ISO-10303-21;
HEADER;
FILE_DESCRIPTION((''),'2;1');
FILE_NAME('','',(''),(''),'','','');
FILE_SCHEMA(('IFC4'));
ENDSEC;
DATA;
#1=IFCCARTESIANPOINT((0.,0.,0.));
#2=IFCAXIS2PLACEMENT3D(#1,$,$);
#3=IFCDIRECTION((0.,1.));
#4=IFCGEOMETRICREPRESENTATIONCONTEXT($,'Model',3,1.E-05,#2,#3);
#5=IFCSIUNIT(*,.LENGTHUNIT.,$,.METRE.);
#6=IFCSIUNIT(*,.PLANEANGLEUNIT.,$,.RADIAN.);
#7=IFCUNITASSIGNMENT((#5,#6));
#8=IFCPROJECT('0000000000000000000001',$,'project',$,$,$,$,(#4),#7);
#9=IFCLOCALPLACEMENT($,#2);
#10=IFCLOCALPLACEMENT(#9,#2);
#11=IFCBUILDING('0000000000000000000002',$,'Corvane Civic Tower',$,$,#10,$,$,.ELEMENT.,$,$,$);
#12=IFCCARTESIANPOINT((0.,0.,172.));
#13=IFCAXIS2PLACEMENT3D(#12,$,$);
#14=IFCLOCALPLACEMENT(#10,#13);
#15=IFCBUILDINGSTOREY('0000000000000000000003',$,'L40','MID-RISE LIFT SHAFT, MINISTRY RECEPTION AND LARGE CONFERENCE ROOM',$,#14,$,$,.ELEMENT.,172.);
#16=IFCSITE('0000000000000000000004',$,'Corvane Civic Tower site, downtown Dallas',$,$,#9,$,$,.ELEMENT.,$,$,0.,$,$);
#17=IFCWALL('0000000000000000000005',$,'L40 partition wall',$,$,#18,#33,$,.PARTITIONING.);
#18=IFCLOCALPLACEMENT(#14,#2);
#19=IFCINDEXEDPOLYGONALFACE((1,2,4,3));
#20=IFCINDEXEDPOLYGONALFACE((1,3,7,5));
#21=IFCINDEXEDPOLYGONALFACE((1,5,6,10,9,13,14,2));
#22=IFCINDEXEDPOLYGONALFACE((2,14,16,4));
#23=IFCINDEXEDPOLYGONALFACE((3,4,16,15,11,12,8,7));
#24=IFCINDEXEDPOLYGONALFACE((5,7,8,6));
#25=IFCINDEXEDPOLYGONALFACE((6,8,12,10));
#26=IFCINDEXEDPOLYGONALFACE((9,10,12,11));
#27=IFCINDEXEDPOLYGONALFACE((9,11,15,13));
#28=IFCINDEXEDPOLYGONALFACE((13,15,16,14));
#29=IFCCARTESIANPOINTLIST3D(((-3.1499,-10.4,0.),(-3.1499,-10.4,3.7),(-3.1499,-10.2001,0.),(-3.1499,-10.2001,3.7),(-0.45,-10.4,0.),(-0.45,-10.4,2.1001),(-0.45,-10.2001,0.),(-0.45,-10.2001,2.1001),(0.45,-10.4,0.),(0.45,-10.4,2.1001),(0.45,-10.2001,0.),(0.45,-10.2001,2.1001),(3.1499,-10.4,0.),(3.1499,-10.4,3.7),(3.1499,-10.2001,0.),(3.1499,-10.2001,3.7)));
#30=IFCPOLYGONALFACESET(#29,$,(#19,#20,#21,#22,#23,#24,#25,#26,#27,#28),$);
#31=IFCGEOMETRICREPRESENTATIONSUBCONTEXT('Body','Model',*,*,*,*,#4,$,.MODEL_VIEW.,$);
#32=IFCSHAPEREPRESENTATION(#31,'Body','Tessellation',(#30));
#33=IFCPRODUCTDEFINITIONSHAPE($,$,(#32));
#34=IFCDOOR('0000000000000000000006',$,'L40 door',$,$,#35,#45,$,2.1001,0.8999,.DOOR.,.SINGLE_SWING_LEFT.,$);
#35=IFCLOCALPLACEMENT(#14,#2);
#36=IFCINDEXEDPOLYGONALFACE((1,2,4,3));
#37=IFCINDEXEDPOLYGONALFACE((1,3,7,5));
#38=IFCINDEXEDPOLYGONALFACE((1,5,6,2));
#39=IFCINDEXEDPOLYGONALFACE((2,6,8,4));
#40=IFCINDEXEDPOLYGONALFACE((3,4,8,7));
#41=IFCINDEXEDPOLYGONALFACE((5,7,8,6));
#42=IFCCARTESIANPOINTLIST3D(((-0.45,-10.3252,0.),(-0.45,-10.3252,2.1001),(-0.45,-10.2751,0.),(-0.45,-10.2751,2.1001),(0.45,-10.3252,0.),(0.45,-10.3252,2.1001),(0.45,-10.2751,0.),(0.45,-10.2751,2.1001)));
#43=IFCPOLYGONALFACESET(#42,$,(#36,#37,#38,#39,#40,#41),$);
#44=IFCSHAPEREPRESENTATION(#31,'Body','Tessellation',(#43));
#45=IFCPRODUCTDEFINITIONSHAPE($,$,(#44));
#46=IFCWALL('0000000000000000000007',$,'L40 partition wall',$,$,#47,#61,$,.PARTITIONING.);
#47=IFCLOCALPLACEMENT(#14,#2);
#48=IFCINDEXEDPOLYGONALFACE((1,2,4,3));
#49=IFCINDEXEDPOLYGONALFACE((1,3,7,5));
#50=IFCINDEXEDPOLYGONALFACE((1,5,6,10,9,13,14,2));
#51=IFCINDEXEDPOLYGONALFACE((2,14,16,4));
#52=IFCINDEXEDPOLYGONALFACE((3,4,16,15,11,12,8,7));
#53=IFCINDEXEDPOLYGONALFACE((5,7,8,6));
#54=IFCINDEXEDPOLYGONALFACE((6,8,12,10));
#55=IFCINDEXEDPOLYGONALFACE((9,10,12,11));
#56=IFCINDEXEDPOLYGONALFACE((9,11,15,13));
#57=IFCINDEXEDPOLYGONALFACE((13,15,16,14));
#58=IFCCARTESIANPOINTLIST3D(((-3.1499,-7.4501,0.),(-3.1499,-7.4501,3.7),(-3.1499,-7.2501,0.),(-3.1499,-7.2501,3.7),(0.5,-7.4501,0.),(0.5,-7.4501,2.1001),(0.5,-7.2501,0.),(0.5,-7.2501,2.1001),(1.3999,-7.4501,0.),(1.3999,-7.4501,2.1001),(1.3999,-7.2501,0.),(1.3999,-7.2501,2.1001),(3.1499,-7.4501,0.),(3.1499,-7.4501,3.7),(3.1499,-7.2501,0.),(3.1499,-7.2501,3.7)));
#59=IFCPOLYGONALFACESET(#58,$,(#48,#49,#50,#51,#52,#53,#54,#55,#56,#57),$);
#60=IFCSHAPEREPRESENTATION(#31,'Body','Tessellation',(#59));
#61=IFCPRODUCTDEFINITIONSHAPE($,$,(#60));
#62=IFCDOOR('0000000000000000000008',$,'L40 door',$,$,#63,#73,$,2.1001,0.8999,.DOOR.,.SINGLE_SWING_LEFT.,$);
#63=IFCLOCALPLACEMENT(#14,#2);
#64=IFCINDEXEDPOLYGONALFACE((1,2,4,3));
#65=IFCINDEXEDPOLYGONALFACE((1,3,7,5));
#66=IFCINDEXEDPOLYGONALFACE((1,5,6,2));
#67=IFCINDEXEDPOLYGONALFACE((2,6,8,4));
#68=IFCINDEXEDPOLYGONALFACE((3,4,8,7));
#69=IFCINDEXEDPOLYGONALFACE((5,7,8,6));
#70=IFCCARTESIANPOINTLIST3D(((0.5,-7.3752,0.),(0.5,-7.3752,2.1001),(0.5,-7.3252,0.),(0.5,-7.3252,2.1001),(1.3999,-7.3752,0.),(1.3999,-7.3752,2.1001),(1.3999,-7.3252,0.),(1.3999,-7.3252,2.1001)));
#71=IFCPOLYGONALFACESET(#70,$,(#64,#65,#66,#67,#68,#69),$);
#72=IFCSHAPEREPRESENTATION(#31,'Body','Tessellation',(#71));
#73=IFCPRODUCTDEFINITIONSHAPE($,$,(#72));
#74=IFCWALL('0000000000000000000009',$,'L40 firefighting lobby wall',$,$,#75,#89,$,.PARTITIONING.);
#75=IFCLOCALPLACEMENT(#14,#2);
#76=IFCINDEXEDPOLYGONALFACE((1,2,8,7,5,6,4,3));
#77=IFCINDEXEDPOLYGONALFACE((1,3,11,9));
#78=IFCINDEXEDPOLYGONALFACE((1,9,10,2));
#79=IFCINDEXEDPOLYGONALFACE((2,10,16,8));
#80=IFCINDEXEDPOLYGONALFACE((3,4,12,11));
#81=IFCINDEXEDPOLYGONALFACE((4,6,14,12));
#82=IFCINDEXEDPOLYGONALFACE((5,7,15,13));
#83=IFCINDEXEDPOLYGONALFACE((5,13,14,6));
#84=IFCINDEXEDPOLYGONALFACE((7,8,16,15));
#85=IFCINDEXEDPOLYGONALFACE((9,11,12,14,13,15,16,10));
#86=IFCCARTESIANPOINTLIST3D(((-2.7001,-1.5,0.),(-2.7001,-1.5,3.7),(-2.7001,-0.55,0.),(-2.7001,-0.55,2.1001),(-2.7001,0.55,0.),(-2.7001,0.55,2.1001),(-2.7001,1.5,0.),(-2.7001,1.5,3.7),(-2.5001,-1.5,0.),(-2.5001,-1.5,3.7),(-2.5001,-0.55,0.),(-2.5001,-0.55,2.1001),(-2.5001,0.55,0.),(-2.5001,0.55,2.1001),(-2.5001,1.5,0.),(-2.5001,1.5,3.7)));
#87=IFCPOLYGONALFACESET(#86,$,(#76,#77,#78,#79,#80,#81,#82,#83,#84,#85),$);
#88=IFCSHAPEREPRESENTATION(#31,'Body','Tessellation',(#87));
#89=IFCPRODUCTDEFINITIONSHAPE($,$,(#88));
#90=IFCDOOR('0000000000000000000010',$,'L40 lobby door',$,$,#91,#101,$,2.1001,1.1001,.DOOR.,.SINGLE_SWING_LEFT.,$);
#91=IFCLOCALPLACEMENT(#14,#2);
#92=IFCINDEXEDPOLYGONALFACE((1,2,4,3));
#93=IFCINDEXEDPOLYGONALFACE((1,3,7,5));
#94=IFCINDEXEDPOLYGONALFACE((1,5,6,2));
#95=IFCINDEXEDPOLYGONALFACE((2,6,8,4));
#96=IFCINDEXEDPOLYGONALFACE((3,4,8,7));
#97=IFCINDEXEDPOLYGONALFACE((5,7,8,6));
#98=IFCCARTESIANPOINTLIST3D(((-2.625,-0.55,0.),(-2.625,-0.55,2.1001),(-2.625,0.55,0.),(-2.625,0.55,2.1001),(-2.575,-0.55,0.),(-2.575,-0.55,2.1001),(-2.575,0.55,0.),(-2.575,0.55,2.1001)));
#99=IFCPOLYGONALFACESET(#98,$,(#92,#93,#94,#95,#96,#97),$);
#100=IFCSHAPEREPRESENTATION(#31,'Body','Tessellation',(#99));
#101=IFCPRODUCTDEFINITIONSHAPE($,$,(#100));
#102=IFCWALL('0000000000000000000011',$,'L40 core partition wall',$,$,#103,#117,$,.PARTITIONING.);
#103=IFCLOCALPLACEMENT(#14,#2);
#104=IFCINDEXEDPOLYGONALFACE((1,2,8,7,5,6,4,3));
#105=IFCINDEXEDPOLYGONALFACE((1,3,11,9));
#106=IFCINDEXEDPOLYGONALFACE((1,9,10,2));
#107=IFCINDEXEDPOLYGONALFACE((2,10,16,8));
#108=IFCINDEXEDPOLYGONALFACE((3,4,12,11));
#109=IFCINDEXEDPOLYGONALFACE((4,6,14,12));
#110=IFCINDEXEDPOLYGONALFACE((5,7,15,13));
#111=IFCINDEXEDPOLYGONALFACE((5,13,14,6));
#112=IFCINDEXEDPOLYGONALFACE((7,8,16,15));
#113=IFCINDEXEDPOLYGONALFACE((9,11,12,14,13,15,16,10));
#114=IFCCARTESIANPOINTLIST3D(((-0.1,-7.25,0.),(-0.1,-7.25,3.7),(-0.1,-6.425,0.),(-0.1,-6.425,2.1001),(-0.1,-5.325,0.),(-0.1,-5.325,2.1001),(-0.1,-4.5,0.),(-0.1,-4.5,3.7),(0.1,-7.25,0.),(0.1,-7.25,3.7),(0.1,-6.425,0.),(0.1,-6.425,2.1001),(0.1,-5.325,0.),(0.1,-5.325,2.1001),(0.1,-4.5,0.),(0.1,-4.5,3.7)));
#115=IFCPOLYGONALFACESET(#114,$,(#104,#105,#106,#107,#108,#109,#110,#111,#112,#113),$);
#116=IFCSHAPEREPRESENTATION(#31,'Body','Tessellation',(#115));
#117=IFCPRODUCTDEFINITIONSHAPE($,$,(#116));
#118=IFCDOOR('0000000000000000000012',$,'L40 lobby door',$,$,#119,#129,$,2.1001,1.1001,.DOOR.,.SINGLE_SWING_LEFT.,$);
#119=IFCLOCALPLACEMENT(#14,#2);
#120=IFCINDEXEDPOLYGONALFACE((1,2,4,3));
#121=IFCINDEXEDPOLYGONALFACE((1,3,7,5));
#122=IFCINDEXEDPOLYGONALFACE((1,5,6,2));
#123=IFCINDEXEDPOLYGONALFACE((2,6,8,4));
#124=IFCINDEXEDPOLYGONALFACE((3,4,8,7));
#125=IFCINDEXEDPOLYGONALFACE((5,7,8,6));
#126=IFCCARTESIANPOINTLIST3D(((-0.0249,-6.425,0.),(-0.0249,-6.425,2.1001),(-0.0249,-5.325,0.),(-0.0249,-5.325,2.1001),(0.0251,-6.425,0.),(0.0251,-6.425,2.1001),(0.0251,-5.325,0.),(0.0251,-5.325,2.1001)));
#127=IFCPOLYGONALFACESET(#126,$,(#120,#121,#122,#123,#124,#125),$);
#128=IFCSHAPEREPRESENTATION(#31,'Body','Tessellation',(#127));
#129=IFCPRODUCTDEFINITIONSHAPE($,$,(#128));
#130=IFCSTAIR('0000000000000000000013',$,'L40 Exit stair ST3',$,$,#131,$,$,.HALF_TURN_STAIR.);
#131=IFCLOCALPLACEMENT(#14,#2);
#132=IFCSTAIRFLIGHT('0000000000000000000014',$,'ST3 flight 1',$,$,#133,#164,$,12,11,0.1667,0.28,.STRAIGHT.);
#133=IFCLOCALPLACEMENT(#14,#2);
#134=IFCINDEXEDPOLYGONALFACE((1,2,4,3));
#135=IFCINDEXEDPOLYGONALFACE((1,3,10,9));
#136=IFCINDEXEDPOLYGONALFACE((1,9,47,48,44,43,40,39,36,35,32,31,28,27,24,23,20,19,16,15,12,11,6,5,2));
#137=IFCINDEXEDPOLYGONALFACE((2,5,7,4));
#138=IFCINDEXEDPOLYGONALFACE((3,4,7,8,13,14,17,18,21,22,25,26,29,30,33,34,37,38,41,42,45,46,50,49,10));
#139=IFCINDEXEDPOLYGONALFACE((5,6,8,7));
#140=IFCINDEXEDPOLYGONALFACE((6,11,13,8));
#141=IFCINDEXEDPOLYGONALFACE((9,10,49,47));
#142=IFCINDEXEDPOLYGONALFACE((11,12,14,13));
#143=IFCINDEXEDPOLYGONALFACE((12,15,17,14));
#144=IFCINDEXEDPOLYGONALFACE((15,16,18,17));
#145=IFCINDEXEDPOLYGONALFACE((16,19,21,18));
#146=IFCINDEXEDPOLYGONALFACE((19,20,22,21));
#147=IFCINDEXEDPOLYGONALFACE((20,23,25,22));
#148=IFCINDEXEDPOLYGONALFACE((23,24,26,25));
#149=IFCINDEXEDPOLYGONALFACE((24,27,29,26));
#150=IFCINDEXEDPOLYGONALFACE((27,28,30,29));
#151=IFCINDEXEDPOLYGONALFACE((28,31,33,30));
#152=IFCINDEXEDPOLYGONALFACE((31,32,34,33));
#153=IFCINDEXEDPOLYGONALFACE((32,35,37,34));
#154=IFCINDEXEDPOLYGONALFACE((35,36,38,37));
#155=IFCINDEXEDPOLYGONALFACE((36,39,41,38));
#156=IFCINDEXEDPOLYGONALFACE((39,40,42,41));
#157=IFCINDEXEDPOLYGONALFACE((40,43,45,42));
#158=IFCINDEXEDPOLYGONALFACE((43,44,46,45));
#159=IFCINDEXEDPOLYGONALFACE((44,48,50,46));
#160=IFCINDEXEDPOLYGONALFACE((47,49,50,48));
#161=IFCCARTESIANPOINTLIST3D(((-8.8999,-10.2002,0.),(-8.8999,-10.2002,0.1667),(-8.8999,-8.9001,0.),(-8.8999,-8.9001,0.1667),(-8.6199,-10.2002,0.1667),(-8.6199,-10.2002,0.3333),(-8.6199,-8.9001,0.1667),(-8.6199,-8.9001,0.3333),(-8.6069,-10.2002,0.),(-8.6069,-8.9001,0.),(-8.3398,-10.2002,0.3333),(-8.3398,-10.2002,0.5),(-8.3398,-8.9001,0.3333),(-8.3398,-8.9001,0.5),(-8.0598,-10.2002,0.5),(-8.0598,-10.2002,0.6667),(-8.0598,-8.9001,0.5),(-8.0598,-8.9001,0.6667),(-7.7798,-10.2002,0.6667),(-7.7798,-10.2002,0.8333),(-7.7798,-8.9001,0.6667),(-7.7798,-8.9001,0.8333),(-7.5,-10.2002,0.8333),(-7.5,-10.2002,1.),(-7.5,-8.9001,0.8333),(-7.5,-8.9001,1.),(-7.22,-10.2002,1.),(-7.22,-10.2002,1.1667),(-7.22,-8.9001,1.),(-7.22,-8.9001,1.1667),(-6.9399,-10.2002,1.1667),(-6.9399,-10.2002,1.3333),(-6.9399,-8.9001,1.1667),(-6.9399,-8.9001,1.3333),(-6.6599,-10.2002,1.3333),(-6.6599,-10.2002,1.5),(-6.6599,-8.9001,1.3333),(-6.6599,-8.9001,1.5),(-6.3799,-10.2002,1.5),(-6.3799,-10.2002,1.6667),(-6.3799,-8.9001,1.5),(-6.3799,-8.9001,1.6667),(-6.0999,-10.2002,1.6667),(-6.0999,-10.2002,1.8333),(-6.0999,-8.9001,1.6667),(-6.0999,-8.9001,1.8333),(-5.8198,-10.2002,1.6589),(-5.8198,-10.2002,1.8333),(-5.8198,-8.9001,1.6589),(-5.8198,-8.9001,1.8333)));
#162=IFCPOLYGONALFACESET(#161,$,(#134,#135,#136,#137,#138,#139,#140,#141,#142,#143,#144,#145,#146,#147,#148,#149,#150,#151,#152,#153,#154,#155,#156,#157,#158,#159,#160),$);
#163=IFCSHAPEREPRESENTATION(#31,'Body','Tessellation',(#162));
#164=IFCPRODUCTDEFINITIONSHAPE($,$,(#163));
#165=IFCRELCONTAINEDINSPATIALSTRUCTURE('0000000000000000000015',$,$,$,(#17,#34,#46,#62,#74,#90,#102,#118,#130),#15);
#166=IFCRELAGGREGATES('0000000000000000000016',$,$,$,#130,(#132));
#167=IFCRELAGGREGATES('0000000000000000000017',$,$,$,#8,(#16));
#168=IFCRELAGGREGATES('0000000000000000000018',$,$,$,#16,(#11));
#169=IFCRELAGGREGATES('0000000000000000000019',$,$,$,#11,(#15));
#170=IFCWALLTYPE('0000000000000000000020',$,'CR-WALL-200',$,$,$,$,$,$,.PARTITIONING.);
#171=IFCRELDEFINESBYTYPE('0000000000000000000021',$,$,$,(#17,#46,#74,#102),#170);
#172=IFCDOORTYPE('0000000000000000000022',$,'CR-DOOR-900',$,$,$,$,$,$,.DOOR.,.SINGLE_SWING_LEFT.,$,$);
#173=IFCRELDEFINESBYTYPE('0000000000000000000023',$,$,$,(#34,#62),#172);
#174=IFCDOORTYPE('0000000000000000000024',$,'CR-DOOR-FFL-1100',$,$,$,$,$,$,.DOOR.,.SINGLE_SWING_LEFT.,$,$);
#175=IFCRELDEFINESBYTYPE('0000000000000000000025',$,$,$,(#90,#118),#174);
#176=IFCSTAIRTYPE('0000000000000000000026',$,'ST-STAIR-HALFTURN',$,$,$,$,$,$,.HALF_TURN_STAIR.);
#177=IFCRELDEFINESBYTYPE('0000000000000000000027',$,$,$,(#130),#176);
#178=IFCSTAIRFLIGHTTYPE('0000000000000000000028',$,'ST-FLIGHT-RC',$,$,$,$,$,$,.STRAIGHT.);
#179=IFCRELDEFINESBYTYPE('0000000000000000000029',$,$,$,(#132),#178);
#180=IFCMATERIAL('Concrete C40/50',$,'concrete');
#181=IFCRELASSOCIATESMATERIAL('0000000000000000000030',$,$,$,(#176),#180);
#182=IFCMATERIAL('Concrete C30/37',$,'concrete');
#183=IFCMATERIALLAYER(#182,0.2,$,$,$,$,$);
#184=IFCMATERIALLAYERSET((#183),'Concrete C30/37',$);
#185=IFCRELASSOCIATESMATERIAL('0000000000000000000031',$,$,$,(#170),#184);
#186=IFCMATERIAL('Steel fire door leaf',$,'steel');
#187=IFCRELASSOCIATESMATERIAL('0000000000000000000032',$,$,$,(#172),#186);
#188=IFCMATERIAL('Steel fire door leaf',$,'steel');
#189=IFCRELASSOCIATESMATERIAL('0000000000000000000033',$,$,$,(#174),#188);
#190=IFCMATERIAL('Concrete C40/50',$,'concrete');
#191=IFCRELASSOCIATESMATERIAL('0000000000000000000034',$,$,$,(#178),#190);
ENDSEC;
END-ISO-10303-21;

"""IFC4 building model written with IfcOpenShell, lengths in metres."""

from ifc_helpers import new_model, si_unit, direction, frame, frame_2d, origin, place, context, subcontext, project, spatial, polyline, rectangle, outline, extrude, material, layer, layer_set, type_object, element, fill, aggregate, save


model = new_model("IFC4")

# Units and contexts
model_context = context("Model", 3, precision=1e-05, world=origin(), true_north=direction((0.0, 1.0)))
body_context = subcontext(model_context, "Body", "Model", "MODEL_VIEW")
ifc_project = project(units=[si_unit("LENGTHUNIT", "METRE"), si_unit("PLANEANGLEUNIT", "RADIAN")], contexts=[model_context])

# Site, building, storey
site_placement = place(None, origin())
site = spatial("IfcSite", under=ifc_project, at=site_placement, Name="Corvane Civic Tower site, downtown Dallas", CompositionType="ELEMENT", RefElevation=0.0)
building_placement = place(site_placement, origin())
building = spatial("IfcBuilding", under=site, at=building_placement, Name="Corvane Civic Tower", CompositionType="ELEMENT")
storey_placement = place(building_placement, frame((0.0, 0.0, 172.0)))
storey = spatial("IfcBuildingStorey", under=building, at=storey_placement, Name="L40", Description="MID-RISE LIFT SHAFT, MINISTRY RECEPTION AND LARGE CONFERENCE ROOM", CompositionType="ELEMENT", Elevation=172.0)

# Shared definitions
ifc_material_1 = material(Name="Concrete C40/50", Category="concrete")
stair_type = type_object("IfcStairType", Name="ST-STAIR-HALFTURN", PredefinedType="HALF_TURN_STAIR", material=ifc_material_1)

# Walls, openings, doors
ifc_material_2 = material(Name="Concrete C30/37", Category="concrete")
ifc_layer_1 = layer(ifc_material_2, 0.2)
ifc_layer_set_1 = layer_set([ifc_layer_1], Name="Concrete C30/37")
wall_type = type_object("IfcWallType", Name="CR-WALL-200", PredefinedType="PARTITIONING", material=ifc_layer_set_1)
wall_1_placement = place(storey_placement, frame((-3.1499, -10.3, 0.0), z_axis=(0.0, 0.0, 1.0), x_axis=(1.0, 0.0, 0.0)))
wall_1 = element("IfcWall", 1, at=wall_1_placement, inside=storey, type_object=wall_type, Name="L40 partition wall", PredefinedType="PARTITIONING", context=body_context, shape_type="SweptSolid", body=[
    extrude(rectangle(XDim=6.2998, YDim=0.2, at=frame_2d((3.1499, 0.0))), origin(), (0.0, 0.0, 1.0), 3.7),
])
opening_1_placement = place(wall_1_placement, frame((2.7, 0.0, 0.0)))
opening_1 = element("IfcOpeningElement", 2, at=opening_1_placement, cuts=wall_1, PredefinedType="OPENING", context=body_context, shape_type="SweptSolid", body=[
    extrude(rectangle(XDim=0.8999, YDim=2.1001, at=frame_2d((0.45, 1.05))), frame((0.0, 0.1099, 0.0), z_axis=(0.0, -1.0, 0.0), x_axis=(1.0, 0.0, 0.0)), (0.0, 0.0, 1.0), 0.22),
])
ifc_material_3 = material(Name="Steel fire door leaf", Category="steel")
door_type_1 = type_object("IfcDoorType", Name="CR-DOOR-900", OperationType="SINGLE_SWING_LEFT", PredefinedType="DOOR", material=ifc_material_3)
door_1_placement = place(opening_1_placement, origin())
door_1 = element("IfcDoor", 3, at=door_1_placement, inside=storey, type_object=door_type_1, Name="L40 door", OperationType="SINGLE_SWING_LEFT", OverallHeight=2.1001, OverallWidth=0.8999, PredefinedType="DOOR", context=body_context, shape_type="SweptSolid", body=[
    extrude(rectangle(XDim=0.8999, YDim=2.1001, at=frame_2d((0.45, 1.05))), frame((0.0, 0.0249, 0.0), z_axis=(0.0, -1.0, 0.0), x_axis=(1.0, 0.0, 0.0)), (0.0, 0.0, 1.0), 0.05),
])
fill(opening_1, door_1)
wall_2_placement = place(storey_placement, frame((-3.1499, -7.3501, 0.0), z_axis=(0.0, 0.0, 1.0), x_axis=(1.0, 0.0, 0.0)))
wall_2 = element("IfcWall", 4, at=wall_2_placement, inside=storey, type_object=wall_type, Name="L40 partition wall", PredefinedType="PARTITIONING", context=body_context, shape_type="SweptSolid", body=[
    extrude(rectangle(XDim=6.2998, YDim=0.2, at=frame_2d((3.1499, 0.0))), origin(), (0.0, 0.0, 1.0), 3.7),
])
opening_2_placement = place(wall_2_placement, frame((3.6499, 0.0, 0.0)))
opening_2 = element("IfcOpeningElement", 5, at=opening_2_placement, cuts=wall_2, PredefinedType="OPENING", context=body_context, shape_type="SweptSolid", body=[
    extrude(rectangle(XDim=0.8999, YDim=2.1001, at=frame_2d((0.45, 1.05))), frame((0.0, 0.1099, 0.0), z_axis=(0.0, -1.0, 0.0), x_axis=(1.0, 0.0, 0.0)), (0.0, 0.0, 1.0), 0.22),
])
door_2_placement = place(opening_2_placement, origin())
door_2 = element("IfcDoor", 6, at=door_2_placement, inside=storey, type_object=door_type_1, Name="L40 door", OperationType="SINGLE_SWING_LEFT", OverallHeight=2.1001, OverallWidth=0.8999, PredefinedType="DOOR", context=body_context, shape_type="SweptSolid", body=[
    extrude(rectangle(XDim=0.8999, YDim=2.1001, at=frame_2d((0.45, 1.05))), frame((0.0, 0.0249, 0.0), z_axis=(0.0, -1.0, 0.0), x_axis=(1.0, 0.0, 0.0)), (0.0, 0.0, 1.0), 0.05),
])
fill(opening_2, door_2)
wall_3_placement = place(storey_placement, frame((-2.6001, -1.5, 0.0), z_axis=(0.0, 0.0, 1.0), x_axis=(0.0, 1.0, 0.0)))
wall_3 = element("IfcWall", 7, at=wall_3_placement, inside=storey, type_object=wall_type, Name="L40 firefighting lobby wall", PredefinedType="PARTITIONING", context=body_context, shape_type="SweptSolid", body=[
    extrude(rectangle(XDim=3.0, YDim=0.2, at=frame_2d((1.5, 0.0))), origin(), (0.0, 0.0, 1.0), 3.7),
])
opening_3_placement = place(wall_3_placement, frame((0.95, 0.0, 0.0)))
opening_3 = element("IfcOpeningElement", 8, at=opening_3_placement, cuts=wall_3, PredefinedType="OPENING", context=body_context, shape_type="SweptSolid", body=[
    extrude(rectangle(XDim=1.1001, YDim=2.1001, at=frame_2d((0.55, 1.05))), frame((0.0, 0.1099, 0.0), z_axis=(0.0, -1.0, 0.0), x_axis=(1.0, 0.0, 0.0)), (0.0, 0.0, 1.0), 0.22),
])
ifc_material_4 = material(Name="Steel fire door leaf", Category="steel")
door_type_2 = type_object("IfcDoorType", Name="CR-DOOR-FFL-1100", OperationType="SINGLE_SWING_LEFT", PredefinedType="DOOR", material=ifc_material_4)
door_3_placement = place(opening_3_placement, origin())
door_3 = element("IfcDoor", 9, at=door_3_placement, inside=storey, type_object=door_type_2, Name="L40 lobby door", OperationType="SINGLE_SWING_LEFT", OverallHeight=2.1001, OverallWidth=1.1001, PredefinedType="DOOR", context=body_context, shape_type="SweptSolid", body=[
    extrude(rectangle(XDim=1.1001, YDim=2.1001, at=frame_2d((0.55, 1.05))), frame((0.0, 0.0249, 0.0), z_axis=(0.0, -1.0, 0.0), x_axis=(1.0, 0.0, 0.0)), (0.0, 0.0, 1.0), 0.05),
])
fill(opening_3, door_3)
wall_4_placement = place(storey_placement, frame((0.0, -7.25, 0.0), z_axis=(0.0, 0.0, 1.0), x_axis=(0.0, 1.0, 0.0)))
wall_4 = element("IfcWall", 10, at=wall_4_placement, inside=storey, type_object=wall_type, Name="L40 core partition wall", PredefinedType="PARTITIONING", context=body_context, shape_type="SweptSolid", body=[
    extrude(rectangle(XDim=2.75, YDim=0.2, at=frame_2d((1.375, 0.0))), origin(), (0.0, 0.0, 1.0), 3.7),
])
opening_4_placement = place(wall_4_placement, frame((0.825, 0.0, 0.0)))
opening_4 = element("IfcOpeningElement", 11, at=opening_4_placement, cuts=wall_4, PredefinedType="OPENING", context=body_context, shape_type="SweptSolid", body=[
    extrude(rectangle(XDim=1.1001, YDim=2.1001, at=frame_2d((0.55, 1.05))), frame((0.0, 0.1099, 0.0), z_axis=(0.0, -1.0, 0.0), x_axis=(1.0, 0.0, 0.0)), (0.0, 0.0, 1.0), 0.22),
])
door_4_placement = place(opening_4_placement, origin())
door_4 = element("IfcDoor", 12, at=door_4_placement, inside=storey, type_object=door_type_2, Name="L40 lobby door", OperationType="SINGLE_SWING_LEFT", OverallHeight=2.1001, OverallWidth=1.1001, PredefinedType="DOOR", context=body_context, shape_type="SweptSolid", body=[
    extrude(rectangle(XDim=1.1001, YDim=2.1001, at=frame_2d((0.55, 1.05))), frame((0.0, 0.0249, 0.0), z_axis=(0.0, -1.0, 0.0), x_axis=(1.0, 0.0, 0.0)), (0.0, 0.0, 1.0), 0.05),
])
fill(opening_4, door_4)

# Stair, stair flight
stair_1_placement = place(storey_placement, origin())
stair_1 = element("IfcStair", 13, at=stair_1_placement, inside=storey, type_object=stair_type, Name="L40 Exit stair ST3", PredefinedType="HALF_TURN_STAIR")
ifc_material_5 = material(Name="Concrete C40/50", Category="concrete")
stair_flight_type = type_object("IfcStairFlightType", Name="ST-FLIGHT-RC", PredefinedType="STRAIGHT", material=ifc_material_5)
stair_flight_1_placement = place(storey_placement, frame((-8.8999, -9.55, 0.0), z_axis=(0.0, 0.0, 1.0), x_axis=(1.0, 0.0, 0.0)))
stair_flight_1 = element("IfcStairFlight", 14, at=stair_flight_1_placement, type_object=stair_flight_type, Name="ST3 flight 1", NumberOfRisers=12, NumberOfTreads=11, PredefinedType="STRAIGHT", RiserHeight=0.1667, TreadLength=0.28, context=body_context, shape_type="SweptSolid", body=[
    extrude(outline(polyline([(0.0, 0.0), (0.0, 0.1667), (0.28, 0.1667), (0.28, 0.3333), (0.5601, 0.3333), (0.5601, 0.5), (0.8401, 0.5), (0.8401, 0.6667), (1.1201, 0.6667), (1.1201, 0.8333), (1.3999, 0.8333), (1.3999, 1.0), (1.6799, 1.0), (1.6799, 1.1667), (1.96, 1.1667), (1.96, 1.3333), (2.24, 1.3333), (2.24, 1.5), (2.52, 1.5), (2.52, 1.6667), (2.8, 1.6667), (2.8, 1.8333), (3.0801, 1.8333), (3.0801, 2.0), (3.0801, 1.6589), (0.293, 0.0), (0.0, 0.0)])), frame((0.0, 0.6499, 0.0), z_axis=(0.0, -1.0, 0.0), x_axis=(1.0, 0.0, 0.0)), (0.0, 0.0, 1.0), 1.3),
])
aggregate(stair_1, [stair_flight_1])

save(model, "model.ifc")
